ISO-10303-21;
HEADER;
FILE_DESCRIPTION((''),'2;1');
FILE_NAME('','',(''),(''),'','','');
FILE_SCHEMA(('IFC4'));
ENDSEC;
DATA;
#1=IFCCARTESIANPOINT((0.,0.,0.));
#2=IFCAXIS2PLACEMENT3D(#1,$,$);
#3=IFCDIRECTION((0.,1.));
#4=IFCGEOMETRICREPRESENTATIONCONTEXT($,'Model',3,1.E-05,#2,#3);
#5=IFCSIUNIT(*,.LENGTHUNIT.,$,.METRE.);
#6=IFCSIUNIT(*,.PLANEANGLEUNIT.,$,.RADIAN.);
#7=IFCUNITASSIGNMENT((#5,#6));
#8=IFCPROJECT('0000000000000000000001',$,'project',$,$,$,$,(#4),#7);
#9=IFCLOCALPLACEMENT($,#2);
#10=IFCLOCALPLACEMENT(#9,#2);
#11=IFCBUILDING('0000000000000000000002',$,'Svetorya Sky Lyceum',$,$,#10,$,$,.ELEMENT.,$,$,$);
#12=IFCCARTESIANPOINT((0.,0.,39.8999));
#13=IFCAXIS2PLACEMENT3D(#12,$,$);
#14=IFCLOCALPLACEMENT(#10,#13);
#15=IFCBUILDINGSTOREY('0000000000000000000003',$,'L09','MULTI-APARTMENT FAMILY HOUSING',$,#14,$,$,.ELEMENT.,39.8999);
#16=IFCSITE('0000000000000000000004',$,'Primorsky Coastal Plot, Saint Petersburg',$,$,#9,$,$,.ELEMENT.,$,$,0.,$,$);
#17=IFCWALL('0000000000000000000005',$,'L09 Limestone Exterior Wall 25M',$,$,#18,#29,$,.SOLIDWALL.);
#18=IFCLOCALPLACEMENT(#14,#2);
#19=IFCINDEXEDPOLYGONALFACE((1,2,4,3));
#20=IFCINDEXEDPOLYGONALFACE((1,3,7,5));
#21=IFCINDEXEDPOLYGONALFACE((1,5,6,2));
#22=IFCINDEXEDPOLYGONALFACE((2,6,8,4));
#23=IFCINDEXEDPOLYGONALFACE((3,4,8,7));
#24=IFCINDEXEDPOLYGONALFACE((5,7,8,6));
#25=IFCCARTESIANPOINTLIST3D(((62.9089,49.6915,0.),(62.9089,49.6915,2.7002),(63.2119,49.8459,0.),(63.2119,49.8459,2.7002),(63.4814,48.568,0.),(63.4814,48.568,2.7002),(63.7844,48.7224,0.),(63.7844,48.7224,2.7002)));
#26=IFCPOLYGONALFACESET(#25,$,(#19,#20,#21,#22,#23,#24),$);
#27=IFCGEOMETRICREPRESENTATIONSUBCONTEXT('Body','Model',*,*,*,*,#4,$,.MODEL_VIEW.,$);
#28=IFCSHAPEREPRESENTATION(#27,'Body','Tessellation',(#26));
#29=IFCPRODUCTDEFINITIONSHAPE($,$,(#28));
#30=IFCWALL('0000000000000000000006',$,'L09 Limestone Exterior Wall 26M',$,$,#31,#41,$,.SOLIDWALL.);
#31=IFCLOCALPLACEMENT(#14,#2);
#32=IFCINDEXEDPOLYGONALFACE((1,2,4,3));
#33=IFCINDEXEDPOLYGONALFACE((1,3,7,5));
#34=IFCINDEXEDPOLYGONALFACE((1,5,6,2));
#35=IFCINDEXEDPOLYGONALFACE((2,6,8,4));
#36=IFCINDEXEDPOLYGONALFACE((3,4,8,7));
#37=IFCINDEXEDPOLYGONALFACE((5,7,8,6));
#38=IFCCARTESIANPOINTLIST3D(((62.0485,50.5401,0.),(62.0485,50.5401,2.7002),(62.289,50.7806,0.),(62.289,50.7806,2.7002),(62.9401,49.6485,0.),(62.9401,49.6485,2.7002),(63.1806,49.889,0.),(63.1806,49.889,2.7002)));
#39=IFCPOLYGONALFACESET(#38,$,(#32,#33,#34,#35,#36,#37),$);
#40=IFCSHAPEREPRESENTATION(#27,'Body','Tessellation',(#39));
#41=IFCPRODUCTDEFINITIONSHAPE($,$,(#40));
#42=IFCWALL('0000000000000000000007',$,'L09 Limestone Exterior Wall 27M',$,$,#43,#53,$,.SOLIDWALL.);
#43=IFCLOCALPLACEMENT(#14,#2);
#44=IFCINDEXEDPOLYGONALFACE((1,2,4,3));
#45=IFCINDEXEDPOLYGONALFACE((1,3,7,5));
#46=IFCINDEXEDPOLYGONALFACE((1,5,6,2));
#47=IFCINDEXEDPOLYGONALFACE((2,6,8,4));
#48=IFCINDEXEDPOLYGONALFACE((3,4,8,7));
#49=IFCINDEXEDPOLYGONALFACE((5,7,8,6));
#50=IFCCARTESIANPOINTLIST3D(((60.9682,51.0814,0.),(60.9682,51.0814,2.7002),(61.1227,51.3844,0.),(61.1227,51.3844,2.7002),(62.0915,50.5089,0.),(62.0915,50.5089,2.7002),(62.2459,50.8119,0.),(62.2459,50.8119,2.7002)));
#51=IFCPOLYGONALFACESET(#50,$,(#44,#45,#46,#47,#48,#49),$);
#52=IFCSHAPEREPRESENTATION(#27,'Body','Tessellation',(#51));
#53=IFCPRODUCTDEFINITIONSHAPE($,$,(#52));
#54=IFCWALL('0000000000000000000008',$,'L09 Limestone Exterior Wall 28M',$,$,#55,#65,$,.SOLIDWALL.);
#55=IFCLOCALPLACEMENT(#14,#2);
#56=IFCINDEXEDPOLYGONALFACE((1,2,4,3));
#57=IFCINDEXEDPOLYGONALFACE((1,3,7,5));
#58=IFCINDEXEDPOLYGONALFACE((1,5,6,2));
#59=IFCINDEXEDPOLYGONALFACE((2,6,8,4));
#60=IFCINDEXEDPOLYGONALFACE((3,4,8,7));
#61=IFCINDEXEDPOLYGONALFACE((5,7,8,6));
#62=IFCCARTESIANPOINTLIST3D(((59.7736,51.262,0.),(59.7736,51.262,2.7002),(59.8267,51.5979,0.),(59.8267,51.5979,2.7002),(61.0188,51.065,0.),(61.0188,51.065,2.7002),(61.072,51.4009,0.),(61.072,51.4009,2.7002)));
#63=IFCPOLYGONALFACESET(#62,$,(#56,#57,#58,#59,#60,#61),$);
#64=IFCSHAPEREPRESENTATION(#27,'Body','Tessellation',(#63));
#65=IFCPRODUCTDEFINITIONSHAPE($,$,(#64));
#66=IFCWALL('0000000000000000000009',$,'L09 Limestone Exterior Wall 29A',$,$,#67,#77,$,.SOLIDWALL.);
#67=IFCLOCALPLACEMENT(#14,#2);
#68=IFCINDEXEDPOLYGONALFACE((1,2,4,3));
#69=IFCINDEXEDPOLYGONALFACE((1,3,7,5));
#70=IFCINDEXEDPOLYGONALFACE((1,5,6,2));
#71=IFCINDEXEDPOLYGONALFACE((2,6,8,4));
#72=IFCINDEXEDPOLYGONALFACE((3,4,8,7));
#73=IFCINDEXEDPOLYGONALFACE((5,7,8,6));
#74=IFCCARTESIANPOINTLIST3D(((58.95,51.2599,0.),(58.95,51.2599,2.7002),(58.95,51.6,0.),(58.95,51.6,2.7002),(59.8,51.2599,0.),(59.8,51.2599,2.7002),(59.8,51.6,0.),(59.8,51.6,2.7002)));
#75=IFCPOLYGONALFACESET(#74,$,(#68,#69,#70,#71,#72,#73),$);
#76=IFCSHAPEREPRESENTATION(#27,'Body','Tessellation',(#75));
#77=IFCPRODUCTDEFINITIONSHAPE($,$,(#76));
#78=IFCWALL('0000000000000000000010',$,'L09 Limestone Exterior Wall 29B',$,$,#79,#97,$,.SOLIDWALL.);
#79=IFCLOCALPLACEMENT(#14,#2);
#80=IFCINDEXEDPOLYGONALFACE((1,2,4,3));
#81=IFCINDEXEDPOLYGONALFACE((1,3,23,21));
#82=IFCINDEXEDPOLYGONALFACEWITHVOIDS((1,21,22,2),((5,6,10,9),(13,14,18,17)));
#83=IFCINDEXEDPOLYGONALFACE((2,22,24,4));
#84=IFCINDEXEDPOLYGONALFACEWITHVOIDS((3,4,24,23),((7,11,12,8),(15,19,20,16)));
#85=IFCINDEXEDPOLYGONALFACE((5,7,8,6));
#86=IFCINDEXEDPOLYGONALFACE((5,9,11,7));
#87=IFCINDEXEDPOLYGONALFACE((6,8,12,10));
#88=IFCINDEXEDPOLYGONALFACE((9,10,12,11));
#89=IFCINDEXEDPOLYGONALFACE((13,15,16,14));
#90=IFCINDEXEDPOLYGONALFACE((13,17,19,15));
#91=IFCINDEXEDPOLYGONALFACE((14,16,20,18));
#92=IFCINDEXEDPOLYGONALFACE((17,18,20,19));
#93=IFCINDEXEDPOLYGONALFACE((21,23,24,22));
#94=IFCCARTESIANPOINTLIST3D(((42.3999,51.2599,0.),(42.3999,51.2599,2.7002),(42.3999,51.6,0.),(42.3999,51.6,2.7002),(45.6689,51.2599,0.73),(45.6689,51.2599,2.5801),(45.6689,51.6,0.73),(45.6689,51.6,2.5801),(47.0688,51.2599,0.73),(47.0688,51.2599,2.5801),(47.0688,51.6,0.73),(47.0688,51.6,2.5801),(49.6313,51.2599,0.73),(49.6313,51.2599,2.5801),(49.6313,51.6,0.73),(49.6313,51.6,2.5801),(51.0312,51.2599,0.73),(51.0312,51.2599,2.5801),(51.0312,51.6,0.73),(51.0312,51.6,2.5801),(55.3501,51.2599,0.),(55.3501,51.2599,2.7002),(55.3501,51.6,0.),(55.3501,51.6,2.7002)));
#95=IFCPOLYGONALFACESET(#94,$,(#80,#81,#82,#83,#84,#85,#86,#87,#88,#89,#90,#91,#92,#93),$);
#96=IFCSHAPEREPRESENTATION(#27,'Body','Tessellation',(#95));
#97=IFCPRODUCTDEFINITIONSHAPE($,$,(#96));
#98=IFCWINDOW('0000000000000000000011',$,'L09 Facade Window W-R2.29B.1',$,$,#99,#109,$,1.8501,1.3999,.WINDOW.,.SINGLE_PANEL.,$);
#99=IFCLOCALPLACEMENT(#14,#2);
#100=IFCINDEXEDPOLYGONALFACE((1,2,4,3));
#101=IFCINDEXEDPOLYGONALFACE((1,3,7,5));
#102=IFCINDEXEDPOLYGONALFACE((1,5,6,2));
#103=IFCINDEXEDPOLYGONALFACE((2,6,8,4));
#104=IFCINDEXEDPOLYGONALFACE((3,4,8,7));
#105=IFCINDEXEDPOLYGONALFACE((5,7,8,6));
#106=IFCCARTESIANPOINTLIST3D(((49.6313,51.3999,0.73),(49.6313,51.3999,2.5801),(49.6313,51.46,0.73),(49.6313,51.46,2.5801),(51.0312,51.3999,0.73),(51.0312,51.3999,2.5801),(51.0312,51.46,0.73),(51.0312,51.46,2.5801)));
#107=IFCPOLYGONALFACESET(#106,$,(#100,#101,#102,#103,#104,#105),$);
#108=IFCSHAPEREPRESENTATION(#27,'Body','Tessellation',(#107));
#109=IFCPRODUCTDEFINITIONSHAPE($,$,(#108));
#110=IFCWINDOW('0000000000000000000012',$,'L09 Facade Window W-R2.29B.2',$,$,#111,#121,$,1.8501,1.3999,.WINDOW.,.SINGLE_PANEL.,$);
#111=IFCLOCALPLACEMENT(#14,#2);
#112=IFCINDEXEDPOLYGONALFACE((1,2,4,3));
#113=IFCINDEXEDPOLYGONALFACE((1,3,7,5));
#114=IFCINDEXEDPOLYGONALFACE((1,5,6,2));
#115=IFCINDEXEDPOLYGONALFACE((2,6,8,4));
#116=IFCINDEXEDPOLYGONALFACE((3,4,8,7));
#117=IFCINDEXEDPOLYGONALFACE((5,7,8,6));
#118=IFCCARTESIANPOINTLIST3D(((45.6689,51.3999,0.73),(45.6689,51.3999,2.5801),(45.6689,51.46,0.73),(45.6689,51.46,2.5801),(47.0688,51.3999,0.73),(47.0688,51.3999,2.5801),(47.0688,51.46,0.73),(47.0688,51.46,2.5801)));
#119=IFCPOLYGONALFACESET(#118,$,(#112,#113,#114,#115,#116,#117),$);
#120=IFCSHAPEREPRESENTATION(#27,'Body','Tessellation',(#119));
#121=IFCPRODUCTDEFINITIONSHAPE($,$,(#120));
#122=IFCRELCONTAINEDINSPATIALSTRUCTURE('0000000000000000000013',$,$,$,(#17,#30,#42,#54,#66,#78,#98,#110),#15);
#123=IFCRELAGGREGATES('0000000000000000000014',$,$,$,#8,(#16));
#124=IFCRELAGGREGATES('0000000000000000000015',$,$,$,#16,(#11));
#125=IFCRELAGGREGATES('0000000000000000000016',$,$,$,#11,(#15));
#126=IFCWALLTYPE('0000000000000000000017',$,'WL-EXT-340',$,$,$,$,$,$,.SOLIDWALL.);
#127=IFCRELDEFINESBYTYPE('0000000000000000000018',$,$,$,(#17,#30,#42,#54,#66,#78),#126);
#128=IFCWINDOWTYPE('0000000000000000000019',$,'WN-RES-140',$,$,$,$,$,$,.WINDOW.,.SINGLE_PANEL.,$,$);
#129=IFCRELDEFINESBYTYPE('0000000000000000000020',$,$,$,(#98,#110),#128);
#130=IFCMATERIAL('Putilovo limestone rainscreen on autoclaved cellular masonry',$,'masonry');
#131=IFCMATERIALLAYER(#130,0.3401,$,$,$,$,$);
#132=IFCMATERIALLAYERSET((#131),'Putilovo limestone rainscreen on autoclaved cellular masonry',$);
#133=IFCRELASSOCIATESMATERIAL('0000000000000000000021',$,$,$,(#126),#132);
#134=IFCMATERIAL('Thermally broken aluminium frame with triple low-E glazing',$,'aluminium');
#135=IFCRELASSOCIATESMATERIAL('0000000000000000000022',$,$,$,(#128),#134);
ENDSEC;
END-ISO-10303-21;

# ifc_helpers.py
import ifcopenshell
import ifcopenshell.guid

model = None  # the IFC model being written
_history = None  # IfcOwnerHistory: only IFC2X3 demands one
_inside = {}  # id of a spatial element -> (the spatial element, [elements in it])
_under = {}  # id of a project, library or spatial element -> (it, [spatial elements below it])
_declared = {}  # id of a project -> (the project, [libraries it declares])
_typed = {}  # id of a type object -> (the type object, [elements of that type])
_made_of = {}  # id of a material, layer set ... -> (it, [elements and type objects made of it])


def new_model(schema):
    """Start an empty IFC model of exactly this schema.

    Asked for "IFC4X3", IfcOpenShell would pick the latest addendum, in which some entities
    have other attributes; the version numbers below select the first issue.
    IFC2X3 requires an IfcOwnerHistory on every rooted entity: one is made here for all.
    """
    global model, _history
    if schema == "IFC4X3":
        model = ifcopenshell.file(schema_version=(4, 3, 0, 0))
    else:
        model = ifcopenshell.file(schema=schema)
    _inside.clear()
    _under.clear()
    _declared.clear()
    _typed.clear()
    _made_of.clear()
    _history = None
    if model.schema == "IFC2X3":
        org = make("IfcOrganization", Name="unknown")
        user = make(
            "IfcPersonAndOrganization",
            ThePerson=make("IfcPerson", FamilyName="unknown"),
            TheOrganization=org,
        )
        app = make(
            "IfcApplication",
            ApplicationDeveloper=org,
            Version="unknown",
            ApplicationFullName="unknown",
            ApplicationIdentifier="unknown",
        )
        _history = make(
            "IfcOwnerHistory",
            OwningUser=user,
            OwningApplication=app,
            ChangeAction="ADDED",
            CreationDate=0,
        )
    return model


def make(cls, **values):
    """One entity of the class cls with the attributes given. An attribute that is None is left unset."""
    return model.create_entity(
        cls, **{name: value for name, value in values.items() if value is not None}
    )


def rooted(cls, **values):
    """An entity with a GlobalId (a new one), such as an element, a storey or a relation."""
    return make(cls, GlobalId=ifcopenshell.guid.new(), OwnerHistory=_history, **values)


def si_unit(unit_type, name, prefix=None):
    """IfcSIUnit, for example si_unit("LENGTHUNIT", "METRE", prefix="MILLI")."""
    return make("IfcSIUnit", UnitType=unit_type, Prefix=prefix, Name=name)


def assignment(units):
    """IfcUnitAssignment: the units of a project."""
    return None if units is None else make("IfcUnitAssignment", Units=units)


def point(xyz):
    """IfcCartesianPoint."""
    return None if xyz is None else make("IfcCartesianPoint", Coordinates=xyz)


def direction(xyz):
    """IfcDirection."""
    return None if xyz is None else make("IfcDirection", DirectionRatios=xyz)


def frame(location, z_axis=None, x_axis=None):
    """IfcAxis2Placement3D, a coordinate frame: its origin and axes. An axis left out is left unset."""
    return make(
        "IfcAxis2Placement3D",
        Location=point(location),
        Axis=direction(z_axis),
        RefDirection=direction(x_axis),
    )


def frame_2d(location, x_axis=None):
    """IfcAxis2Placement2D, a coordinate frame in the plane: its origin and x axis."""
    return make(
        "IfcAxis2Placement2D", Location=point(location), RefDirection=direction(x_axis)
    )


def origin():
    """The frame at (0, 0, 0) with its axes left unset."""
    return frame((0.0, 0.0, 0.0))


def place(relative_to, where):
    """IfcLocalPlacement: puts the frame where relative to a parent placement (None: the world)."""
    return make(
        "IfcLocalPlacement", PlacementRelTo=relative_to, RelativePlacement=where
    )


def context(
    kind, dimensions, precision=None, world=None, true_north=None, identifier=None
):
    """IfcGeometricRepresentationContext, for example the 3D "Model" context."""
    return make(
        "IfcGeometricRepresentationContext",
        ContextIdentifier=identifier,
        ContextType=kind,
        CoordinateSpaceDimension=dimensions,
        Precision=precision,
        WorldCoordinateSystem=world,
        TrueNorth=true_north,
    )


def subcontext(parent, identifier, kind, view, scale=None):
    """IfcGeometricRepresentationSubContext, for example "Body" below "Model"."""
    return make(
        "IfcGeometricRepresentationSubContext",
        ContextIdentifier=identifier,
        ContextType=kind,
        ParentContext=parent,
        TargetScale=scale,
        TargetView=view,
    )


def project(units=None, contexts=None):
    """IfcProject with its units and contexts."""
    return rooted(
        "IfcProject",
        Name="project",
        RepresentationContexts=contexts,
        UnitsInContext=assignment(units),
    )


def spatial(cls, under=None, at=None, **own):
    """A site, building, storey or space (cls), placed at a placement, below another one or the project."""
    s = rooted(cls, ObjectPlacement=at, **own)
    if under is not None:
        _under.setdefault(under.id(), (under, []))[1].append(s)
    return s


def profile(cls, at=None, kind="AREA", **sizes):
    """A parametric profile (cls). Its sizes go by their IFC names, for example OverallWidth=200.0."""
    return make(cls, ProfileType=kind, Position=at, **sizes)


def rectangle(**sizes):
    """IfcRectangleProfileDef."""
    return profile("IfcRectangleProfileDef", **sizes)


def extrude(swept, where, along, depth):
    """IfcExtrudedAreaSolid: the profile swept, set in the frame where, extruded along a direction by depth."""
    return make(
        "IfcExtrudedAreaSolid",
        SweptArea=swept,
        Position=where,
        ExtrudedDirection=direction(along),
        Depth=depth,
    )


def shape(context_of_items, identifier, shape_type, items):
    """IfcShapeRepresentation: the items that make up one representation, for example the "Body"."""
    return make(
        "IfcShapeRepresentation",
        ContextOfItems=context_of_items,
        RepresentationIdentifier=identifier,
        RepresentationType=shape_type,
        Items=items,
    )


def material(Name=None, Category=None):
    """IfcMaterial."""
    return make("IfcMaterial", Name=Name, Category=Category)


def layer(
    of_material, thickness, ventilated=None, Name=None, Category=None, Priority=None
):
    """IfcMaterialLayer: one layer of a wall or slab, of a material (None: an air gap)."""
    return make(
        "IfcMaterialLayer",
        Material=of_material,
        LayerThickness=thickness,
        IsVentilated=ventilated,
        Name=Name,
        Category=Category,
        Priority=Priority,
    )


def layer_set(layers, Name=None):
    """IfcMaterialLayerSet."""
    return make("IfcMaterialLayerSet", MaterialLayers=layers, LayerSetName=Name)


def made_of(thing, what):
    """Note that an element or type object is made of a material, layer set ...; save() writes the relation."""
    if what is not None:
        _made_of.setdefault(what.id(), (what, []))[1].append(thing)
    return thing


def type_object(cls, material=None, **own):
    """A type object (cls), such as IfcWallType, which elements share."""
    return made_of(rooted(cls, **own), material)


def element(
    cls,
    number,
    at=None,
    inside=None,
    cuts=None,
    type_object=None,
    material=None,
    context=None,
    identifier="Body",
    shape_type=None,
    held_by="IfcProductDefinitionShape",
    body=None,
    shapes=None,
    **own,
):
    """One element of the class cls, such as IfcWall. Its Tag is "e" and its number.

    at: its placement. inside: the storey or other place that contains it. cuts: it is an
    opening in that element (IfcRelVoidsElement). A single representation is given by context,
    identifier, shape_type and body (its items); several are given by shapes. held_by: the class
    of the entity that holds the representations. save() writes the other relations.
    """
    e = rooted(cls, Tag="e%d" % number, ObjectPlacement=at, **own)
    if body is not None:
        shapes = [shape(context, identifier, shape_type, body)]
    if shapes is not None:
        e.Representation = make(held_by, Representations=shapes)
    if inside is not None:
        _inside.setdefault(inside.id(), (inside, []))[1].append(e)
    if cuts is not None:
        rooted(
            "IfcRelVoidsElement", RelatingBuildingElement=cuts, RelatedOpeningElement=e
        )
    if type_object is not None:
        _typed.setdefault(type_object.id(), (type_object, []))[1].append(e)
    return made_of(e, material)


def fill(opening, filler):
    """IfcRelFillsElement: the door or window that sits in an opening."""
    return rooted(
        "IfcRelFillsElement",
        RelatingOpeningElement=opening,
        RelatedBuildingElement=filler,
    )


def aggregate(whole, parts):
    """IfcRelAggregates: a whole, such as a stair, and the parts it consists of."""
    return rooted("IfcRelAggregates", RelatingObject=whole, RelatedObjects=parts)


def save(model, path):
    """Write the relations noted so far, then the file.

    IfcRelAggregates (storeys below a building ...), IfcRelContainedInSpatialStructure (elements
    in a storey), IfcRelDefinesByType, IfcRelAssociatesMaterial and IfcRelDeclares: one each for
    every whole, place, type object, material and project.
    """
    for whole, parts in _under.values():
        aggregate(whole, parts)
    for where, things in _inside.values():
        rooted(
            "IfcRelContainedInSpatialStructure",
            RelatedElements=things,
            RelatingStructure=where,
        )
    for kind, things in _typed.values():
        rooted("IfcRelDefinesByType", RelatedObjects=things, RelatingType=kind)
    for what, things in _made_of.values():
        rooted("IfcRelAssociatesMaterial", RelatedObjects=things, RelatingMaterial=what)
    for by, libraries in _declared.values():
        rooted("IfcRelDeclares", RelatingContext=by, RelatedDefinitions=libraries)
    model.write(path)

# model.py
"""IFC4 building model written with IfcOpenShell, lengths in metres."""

from ifc_helpers import new_model, si_unit, direction, frame, frame_2d, origin, place, context, subcontext, project, spatial, rectangle, extrude, material, layer, layer_set, type_object, element, fill, save


model = new_model("IFC4")

# Units and contexts
model_context = context("Model", 3, precision=1e-05, world=origin(), true_north=direction((0.0, 1.0)))
body_context = subcontext(model_context, "Body", "Model", "MODEL_VIEW")
ifc_project = project(units=[si_unit("LENGTHUNIT", "METRE"), si_unit("PLANEANGLEUNIT", "RADIAN")], contexts=[model_context])

# Site, building, storey
site_placement = place(None, origin())
site = spatial("IfcSite", under=ifc_project, at=site_placement, Name="Primorsky Coastal Plot, Saint Petersburg", CompositionType="ELEMENT", RefElevation=0.0)
building_placement = place(site_placement, origin())
building = spatial("IfcBuilding", under=site, at=building_placement, Name="Svetorya Sky Lyceum", CompositionType="ELEMENT")
storey_placement = place(building_placement, frame((0.0, 0.0, 39.8999)))
storey = spatial("IfcBuildingStorey", under=building, at=storey_placement, Name="L09", Description="MULTI-APARTMENT FAMILY HOUSING", CompositionType="ELEMENT", Elevation=39.8999)

# Walls
ifc_material_1 = material(Name="Putilovo limestone rainscreen on autoclaved cellular masonry", Category="masonry")
ifc_layer_1 = layer(ifc_material_1, 0.3401)
ifc_layer_set_1 = layer_set([ifc_layer_1], Name="Putilovo limestone rainscreen on autoclaved cellular masonry")
wall_type = type_object("IfcWallType", Name="WL-EXT-340", PredefinedType="SOLIDWALL", material=ifc_layer_set_1)
for number, where, z_axis, x_axis, name in (
    (1, (63.6328, 48.6453, 0.0), (0.0, 0.0, 1.0), (-0.454016, 0.890994, 0.0), "L09 Limestone Exterior Wall 25M"),
    (2, (63.0603, 49.7688, 0.0), (0.0, 0.0, 1.0), (-0.707107, 0.707107, 0.0), "L09 Limestone Exterior Wall 26M"),
):
    element("IfcWall", number, at=place(storey_placement, frame(where, z_axis=z_axis, x_axis=x_axis)), inside=storey, type_object=wall_type, Name=name, PredefinedType="SOLIDWALL", context=body_context, shape_type="SweptSolid", body=[
        extrude(rectangle(XDim=1.261, YDim=0.3401, at=frame_2d((0.6304, 0.0))), origin(), (0.0, 0.0, 1.0), 2.7002),
    ])
for number, where, z_axis, x_axis, name in (
    (3, (62.1687, 50.6604, 0.0), (0.0, 0.0, 1.0), (-0.890954, 0.454094, 0.0), "L09 Limestone Exterior Wall 27M"),
    (4, (61.0454, 51.2329, 0.0), (0.0, 0.0, 1.0), (-0.987716, 0.156261, 0.0), "L09 Limestone Exterior Wall 28M"),
):
    element("IfcWall", number, at=place(storey_placement, frame(where, z_axis=z_axis, x_axis=x_axis)), inside=storey, type_object=wall_type, Name=name, PredefinedType="SOLIDWALL", context=body_context, shape_type="SweptSolid", body=[
        extrude(rectangle(XDim=1.2607, YDim=0.3401, at=frame_2d((0.6304, 0.0))), origin(), (0.0, 0.0, 1.0), 2.7002),
    ])
wall_1_placement = place(storey_placement, frame((59.8, 51.4299, 0.0), z_axis=(0.0, 0.0, 1.0), x_axis=(-1.0, 0.0, 0.0)))
element("IfcWall", 5, at=wall_1_placement, inside=storey, type_object=wall_type, Name="L09 Limestone Exterior Wall 29A", PredefinedType="SOLIDWALL", context=body_context, shape_type="SweptSolid", body=[
    extrude(rectangle(XDim=0.8501, YDim=0.3401, at=frame_2d((0.425, 0.0))), origin(), (0.0, 0.0, 1.0), 2.7002),
])

# Wall, openings, windows
wall_2_placement = place(storey_placement, frame((55.3501, 51.4299, 0.0), z_axis=(0.0, 0.0, 1.0), x_axis=(-1.0, 0.0, 0.0)))
wall_2 = element("IfcWall", 6, at=wall_2_placement, inside=storey, type_object=wall_type, Name="L09 Limestone Exterior Wall 29B", PredefinedType="SOLIDWALL", context=body_context, shape_type="SweptSolid", body=[
    extrude(rectangle(XDim=12.9502, YDim=0.3401, at=frame_2d((6.4751, 0.0))), origin(), (0.0, 0.0, 1.0), 2.7002),
])
opening_1_placement = place(wall_2_placement, frame((4.3188, 0.0, 0.73)))
opening_1 = element("IfcOpeningElement", 7, at=opening_1_placement, cuts=wall_2, PredefinedType="OPENING", context=body_context, shape_type="SweptSolid", body=[
    extrude(rectangle(XDim=1.3999, YDim=1.8501, at=frame_2d((0.7, 0.925))), frame((0.0, 0.1799, 0.0), z_axis=(0.0, -1.0, 0.0), x_axis=(1.0, 0.0, 0.0)), (0.0, 0.0, 1.0), 0.3601),
])
opening_2_placement = place(wall_2_placement, frame((8.2812, 0.0, 0.73)))
opening_2 = element("IfcOpeningElement", 8, at=opening_2_placement, cuts=wall_2, PredefinedType="OPENING", context=body_context, shape_type="SweptSolid", body=[
    extrude(rectangle(XDim=1.3999, YDim=1.8501, at=frame_2d((0.7, 0.925))), frame((0.0, 0.1799, 0.0), z_axis=(0.0, -1.0, 0.0), x_axis=(1.0, 0.0, 0.0)), (0.0, 0.0, 1.0), 0.3601),
])
ifc_material_2 = material(Name="Thermally broken aluminium frame with triple low-E glazing", Category="aluminium")
window_type = type_object("IfcWindowType", Name="WN-RES-140", PartitioningType="SINGLE_PANEL", PredefinedType="WINDOW", material=ifc_material_2)
window_1_placement = place(opening_1_placement, origin())
window_1 = element("IfcWindow", 9, at=window_1_placement, inside=storey, type_object=window_type, Name="L09 Facade Window W-R2.29B.1", OverallHeight=1.8501, OverallWidth=1.3999, PartitioningType="SINGLE_PANEL", PredefinedType="WINDOW", context=body_context, shape_type="SweptSolid", body=[
    extrude(rectangle(XDim=1.3999, YDim=1.8501, at=frame_2d((0.7, 0.925))), frame((0.0, 0.03, 0.0), z_axis=(0.0, -1.0, 0.0), x_axis=(1.0, 0.0, 0.0)), (0.0, 0.0, 1.0), 0.0601),
])
fill(opening_1, window_1)
window_2_placement = place(opening_2_placement, origin())
window_2 = element("IfcWindow", 10, at=window_2_placement, inside=storey, type_object=window_type, Name="L09 Facade Window W-R2.29B.2", OverallHeight=1.8501, OverallWidth=1.3999, PartitioningType="SINGLE_PANEL", PredefinedType="WINDOW", context=body_context, shape_type="SweptSolid", body=[
    extrude(rectangle(XDim=1.3999, YDim=1.8501, at=frame_2d((0.7, 0.925))), frame((0.0, 0.03, 0.0), z_axis=(0.0, -1.0, 0.0), x_axis=(1.0, 0.0, 0.0)), (0.0, 0.0, 1.0), 0.0601),
])
fill(opening_2, window_2)

save(model, "model.ifc")
